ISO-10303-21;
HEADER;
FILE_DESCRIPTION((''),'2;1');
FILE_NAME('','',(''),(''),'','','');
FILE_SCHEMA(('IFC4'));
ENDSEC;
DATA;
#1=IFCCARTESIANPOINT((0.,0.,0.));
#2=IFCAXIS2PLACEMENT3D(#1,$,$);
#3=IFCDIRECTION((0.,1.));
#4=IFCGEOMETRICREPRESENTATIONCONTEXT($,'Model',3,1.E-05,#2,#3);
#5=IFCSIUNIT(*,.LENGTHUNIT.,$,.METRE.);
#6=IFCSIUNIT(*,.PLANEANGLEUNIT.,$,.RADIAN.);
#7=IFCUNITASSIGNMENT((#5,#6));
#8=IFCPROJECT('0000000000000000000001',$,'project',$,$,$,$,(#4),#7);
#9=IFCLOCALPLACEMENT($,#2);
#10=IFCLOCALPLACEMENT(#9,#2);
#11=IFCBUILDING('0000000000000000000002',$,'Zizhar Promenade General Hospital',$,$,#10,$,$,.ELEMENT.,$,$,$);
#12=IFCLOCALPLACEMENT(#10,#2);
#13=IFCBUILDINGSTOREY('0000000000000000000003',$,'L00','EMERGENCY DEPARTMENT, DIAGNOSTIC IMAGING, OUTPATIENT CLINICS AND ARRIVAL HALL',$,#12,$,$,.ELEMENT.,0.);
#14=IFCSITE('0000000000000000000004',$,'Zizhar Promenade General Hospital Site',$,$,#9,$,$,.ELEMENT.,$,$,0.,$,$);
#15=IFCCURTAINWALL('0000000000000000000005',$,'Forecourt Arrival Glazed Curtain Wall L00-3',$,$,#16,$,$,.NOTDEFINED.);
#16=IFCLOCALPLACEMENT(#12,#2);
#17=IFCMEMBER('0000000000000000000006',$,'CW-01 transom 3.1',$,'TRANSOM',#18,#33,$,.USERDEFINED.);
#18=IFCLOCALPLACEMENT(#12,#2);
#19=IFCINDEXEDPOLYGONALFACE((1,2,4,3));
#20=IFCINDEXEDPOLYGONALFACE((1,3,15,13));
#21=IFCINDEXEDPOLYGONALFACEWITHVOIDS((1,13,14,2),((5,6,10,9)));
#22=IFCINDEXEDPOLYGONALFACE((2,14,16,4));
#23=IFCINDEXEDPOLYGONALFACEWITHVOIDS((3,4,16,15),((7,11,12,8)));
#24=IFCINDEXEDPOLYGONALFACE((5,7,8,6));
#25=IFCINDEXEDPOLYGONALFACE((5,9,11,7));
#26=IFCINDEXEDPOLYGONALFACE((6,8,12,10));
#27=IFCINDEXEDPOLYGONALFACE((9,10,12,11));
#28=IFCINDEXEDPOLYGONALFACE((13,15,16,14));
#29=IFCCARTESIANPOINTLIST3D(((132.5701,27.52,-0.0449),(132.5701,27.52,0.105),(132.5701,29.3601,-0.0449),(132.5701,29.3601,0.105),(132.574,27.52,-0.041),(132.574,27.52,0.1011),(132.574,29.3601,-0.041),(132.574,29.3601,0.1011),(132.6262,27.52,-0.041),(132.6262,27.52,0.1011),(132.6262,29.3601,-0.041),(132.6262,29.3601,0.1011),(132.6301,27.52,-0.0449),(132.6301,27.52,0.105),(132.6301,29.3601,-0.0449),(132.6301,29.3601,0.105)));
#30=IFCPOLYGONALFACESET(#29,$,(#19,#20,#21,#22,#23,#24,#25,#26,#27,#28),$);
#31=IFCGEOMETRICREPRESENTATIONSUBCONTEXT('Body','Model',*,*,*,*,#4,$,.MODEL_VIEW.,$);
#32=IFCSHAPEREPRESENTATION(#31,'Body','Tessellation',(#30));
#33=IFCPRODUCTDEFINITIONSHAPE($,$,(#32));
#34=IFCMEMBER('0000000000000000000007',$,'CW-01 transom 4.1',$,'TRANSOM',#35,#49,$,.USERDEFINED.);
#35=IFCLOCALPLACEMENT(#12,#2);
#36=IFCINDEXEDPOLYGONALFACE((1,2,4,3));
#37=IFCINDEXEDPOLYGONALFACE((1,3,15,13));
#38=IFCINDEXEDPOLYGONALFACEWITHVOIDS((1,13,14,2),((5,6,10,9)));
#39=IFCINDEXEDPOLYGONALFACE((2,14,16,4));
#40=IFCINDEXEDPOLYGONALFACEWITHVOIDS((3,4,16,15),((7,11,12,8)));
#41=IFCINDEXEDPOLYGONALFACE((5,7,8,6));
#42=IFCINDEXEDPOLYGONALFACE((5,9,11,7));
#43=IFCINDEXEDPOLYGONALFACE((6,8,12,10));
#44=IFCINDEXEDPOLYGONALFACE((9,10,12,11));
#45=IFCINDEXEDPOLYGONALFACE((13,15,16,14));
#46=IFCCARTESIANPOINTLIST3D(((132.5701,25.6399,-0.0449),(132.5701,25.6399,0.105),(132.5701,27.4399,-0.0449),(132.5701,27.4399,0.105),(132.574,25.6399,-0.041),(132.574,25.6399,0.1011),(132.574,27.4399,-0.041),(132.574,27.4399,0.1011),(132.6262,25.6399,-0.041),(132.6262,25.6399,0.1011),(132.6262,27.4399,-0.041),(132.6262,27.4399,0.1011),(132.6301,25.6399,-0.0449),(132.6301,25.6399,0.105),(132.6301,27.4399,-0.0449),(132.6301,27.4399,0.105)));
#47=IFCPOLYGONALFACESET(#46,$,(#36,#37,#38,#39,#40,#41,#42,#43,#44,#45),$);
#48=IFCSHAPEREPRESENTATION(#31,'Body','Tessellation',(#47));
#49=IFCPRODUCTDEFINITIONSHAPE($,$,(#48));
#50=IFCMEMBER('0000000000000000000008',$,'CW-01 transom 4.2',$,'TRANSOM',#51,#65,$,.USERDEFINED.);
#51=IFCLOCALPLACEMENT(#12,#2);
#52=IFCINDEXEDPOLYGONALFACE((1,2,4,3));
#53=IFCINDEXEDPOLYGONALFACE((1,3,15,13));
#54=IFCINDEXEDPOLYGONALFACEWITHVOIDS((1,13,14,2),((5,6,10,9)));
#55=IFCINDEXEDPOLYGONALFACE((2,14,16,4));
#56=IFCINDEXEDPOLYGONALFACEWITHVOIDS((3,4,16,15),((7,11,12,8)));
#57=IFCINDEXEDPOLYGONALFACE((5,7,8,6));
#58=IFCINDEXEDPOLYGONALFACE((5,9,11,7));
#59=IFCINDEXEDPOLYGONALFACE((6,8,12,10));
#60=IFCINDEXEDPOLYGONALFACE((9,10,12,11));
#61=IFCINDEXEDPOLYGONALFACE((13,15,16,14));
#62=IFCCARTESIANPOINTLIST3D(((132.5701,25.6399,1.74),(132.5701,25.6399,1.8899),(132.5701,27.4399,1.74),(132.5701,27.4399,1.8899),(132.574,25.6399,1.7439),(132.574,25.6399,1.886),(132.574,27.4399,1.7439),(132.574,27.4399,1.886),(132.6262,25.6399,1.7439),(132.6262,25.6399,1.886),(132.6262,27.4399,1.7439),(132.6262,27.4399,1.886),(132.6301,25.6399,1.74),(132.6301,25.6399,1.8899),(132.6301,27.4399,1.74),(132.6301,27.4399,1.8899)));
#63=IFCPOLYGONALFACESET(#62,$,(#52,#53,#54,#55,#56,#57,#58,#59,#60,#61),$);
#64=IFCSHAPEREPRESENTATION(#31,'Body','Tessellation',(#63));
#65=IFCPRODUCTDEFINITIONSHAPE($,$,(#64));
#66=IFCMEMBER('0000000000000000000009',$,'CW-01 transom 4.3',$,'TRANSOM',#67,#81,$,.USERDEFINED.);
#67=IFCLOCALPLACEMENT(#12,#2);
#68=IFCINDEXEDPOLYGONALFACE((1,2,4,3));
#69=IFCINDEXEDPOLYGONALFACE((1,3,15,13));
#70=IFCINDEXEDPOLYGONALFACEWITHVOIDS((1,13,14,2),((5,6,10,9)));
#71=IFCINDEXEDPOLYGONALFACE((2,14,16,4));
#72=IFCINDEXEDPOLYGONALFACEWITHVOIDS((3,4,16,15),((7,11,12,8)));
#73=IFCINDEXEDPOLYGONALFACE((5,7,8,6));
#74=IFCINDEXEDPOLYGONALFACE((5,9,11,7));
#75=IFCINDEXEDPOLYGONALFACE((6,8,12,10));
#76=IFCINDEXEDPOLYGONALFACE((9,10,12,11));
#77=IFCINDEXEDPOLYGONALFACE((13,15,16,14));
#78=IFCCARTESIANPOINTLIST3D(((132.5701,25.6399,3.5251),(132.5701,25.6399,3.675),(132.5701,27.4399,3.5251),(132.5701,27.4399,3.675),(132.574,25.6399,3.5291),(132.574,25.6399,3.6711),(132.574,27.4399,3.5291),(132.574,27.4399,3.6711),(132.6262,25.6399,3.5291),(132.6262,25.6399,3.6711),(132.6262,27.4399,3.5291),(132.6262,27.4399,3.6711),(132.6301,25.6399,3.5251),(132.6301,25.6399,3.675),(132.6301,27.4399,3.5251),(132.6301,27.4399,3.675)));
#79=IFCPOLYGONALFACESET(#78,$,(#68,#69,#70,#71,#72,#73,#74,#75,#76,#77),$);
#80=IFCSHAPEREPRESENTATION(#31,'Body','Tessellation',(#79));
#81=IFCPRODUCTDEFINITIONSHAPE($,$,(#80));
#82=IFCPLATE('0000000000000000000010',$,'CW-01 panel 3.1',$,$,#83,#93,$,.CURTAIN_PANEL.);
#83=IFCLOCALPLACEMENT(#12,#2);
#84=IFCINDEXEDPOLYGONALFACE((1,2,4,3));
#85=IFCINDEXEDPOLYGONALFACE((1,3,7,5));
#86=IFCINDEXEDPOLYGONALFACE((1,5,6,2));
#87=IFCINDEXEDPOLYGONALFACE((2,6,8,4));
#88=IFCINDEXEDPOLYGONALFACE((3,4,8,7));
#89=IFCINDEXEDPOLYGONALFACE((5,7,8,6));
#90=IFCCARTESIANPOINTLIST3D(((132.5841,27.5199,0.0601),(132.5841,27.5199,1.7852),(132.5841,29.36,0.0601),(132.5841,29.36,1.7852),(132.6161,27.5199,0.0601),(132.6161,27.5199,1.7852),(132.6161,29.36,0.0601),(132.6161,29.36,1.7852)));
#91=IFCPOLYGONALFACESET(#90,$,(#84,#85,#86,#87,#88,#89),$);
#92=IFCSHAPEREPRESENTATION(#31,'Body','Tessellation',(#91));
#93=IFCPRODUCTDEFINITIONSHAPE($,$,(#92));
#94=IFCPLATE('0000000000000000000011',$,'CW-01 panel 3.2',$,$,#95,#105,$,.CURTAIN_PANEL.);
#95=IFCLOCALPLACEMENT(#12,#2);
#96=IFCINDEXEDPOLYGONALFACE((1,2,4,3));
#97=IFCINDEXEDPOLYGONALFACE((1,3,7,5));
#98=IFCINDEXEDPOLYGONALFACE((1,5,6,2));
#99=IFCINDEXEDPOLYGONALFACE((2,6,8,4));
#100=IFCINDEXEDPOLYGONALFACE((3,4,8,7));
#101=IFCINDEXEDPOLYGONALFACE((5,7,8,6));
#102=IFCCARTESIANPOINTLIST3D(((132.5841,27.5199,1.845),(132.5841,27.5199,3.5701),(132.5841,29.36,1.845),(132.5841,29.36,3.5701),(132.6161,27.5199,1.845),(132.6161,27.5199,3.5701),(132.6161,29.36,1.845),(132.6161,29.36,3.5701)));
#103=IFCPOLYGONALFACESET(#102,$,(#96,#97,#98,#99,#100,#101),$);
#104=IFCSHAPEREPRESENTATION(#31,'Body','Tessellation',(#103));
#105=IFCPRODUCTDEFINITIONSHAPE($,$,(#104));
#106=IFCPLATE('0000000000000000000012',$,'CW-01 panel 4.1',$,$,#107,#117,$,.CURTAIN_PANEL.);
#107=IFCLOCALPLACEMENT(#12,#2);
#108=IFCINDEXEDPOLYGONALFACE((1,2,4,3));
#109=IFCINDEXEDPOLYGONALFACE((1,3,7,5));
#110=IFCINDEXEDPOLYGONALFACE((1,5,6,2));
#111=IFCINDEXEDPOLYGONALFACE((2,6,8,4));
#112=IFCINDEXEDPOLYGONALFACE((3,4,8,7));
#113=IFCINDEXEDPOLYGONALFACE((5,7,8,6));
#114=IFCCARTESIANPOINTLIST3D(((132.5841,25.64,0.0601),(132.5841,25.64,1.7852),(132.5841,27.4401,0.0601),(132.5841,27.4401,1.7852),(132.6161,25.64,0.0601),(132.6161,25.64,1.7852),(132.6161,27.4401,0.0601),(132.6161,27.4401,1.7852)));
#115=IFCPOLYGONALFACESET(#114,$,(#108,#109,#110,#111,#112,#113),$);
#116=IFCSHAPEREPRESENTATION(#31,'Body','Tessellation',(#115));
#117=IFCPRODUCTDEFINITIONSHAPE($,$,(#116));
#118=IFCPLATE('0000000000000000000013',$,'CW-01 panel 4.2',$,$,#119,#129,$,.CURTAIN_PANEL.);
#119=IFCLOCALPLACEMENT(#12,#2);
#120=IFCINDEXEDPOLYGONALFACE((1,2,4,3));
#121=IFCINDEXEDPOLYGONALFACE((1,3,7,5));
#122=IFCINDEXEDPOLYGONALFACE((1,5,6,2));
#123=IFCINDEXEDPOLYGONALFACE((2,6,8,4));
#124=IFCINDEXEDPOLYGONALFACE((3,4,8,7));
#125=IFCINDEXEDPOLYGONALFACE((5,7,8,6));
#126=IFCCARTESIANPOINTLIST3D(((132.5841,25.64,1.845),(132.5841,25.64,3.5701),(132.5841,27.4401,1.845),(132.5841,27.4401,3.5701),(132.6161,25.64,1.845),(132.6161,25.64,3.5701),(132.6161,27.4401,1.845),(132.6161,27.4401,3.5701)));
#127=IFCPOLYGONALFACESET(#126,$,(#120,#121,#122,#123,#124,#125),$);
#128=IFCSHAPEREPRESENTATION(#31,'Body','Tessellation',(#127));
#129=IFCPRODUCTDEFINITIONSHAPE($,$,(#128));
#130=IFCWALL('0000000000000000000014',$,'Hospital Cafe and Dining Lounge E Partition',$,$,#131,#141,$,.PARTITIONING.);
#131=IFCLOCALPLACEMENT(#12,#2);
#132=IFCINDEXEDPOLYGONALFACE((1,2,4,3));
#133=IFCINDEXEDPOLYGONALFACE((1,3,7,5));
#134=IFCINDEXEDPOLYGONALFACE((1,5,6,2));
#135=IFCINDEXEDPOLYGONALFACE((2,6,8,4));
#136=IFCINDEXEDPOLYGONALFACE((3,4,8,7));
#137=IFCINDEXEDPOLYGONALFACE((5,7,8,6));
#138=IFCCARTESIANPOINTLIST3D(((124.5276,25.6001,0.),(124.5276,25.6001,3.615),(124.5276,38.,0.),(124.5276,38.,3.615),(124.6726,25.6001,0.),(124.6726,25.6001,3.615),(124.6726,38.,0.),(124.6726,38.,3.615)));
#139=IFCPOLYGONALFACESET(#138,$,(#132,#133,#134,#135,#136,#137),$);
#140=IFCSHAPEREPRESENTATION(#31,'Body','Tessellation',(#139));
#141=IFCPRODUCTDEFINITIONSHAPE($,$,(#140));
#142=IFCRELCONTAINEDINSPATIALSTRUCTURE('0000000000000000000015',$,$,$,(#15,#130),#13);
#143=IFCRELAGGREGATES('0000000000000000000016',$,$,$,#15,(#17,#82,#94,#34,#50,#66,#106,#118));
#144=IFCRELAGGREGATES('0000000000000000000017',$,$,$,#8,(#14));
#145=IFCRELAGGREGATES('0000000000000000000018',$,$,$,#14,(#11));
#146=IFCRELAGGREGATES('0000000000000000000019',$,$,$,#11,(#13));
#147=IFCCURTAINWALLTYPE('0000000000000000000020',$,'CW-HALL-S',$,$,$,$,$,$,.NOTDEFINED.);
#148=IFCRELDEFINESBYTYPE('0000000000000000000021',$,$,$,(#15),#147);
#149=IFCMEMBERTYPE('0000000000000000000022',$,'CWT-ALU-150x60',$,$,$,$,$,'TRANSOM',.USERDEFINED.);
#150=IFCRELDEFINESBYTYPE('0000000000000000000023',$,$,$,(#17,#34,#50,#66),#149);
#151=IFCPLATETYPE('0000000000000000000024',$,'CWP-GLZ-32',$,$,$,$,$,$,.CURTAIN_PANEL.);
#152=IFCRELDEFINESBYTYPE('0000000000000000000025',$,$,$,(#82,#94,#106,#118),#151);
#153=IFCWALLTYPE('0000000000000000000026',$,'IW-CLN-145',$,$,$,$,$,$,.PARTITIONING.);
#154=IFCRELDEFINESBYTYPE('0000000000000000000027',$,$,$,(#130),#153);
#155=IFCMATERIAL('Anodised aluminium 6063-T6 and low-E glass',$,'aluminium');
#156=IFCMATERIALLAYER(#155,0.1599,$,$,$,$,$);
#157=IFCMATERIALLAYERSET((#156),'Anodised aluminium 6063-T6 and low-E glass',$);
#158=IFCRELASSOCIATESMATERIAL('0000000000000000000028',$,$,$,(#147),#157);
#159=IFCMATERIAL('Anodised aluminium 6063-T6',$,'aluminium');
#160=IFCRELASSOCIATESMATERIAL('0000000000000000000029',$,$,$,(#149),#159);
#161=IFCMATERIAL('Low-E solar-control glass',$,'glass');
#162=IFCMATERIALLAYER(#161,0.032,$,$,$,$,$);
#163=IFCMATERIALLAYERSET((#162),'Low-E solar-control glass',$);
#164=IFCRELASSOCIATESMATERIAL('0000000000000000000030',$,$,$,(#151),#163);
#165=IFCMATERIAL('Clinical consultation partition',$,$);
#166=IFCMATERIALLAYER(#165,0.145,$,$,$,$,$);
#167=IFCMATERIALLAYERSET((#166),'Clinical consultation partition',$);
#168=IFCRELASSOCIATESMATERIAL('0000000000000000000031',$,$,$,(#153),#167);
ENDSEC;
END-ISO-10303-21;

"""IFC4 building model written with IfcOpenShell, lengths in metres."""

from ifc_helpers import new_model, si_unit, direction, frame, frame_2d, origin, origin_2d, place, context, subcontext, project, spatial, rectangle, hollow_rectangle, extrude, material, layer, layer_set, material_profile, profile_set, type_object, element, aggregate, save


model = new_model("IFC4")

# Units and contexts
model_context = context("Model", 3, precision=1e-05, world=origin(), true_north=direction((0.0, 1.0)))
body_context = subcontext(model_context, "Body", "Model", "MODEL_VIEW")
ifc_project = project(units=[si_unit("LENGTHUNIT", "METRE"), si_unit("PLANEANGLEUNIT", "RADIAN")], contexts=[model_context])

# Site, building, storey
site_placement = place(None, origin())
site = spatial("IfcSite", under=ifc_project, at=site_placement, Name="Zizhar Promenade General Hospital Site", CompositionType="ELEMENT", RefElevation=0.0)
building_placement = place(site_placement, origin())
building = spatial("IfcBuilding", under=site, at=building_placement, Name="Zizhar Promenade General Hospital", CompositionType="ELEMENT")
storey_placement = place(building_placement, origin())
storey = spatial("IfcBuildingStorey", under=building, at=storey_placement, Name="L00", Description="EMERGENCY DEPARTMENT, DIAGNOSTIC IMAGING, OUTPATIENT CLINICS AND ARRIVAL HALL", CompositionType="ELEMENT", Elevation=0.0)

# Curtain wall, members, plates
ifc_material_1 = material(Name="Anodised aluminium 6063-T6 and low-E glass", Category="aluminium")
ifc_layer_1 = layer(ifc_material_1, 0.1599)
ifc_layer_set_1 = layer_set([ifc_layer_1], Name="Anodised aluminium 6063-T6 and low-E glass")
curtain_wall_type = type_object("IfcCurtainWallType", Name="CW-HALL-S", PredefinedType="NOTDEFINED", material=ifc_layer_set_1)
curtain_wall_placement = place(storey_placement, origin())
curtain_wall = element("IfcCurtainWall", 1, at=curtain_wall_placement, inside=storey, type_object=curtain_wall_type, Name="Forecourt Arrival Glazed Curtain Wall L00-3", PredefinedType="NOTDEFINED")
ifc_material_2 = material(Name="Anodised aluminium 6063-T6", Category="aluminium")
ifc_material_profile_1 = material_profile(ifc_material_2, hollow_rectangle(XDim=0.0601, YDim=0.1499, WallThickness=0.0039, at=origin_2d()))
ifc_profile_set_1 = profile_set([ifc_material_profile_1], Name="Anodised aluminium 6063-T6")
member_type_1 = type_object("IfcMemberType", Name="CWT-ALU-150x60", ElementType="TRANSOM", PredefinedType="USERDEFINED", material=ifc_profile_set_1)
member_1_placement = place(storey_placement, frame((132.6001, 29.3601, 0.03), z_axis=(0.0, -1.0, 0.0), x_axis=(1.0, 0.0, 0.0)))
member_1 = element("IfcMember", 2, at=member_1_placement, type_object=member_type_1, Name="CW-01 transom 3.1", ObjectType="TRANSOM", PredefinedType="USERDEFINED", context=body_context, shape_type="SweptSolid", body=[
    extrude(hollow_rectangle(XDim=0.0601, YDim=0.1499, WallThickness=0.0039, at=origin_2d()), origin(), (0.0, 0.0, 1.0), 1.8401),
])
member_2_placement = place(storey_placement, frame((132.6001, 27.4399, 0.03), z_axis=(0.0, -1.0, 0.0), x_axis=(1.0, 0.0, 0.0)))
member_2 = element("IfcMember", 3, at=member_2_placement, type_object=member_type_1, Name="CW-01 transom 4.1", ObjectType="TRANSOM", PredefinedType="USERDEFINED", context=body_context, shape_type="SweptSolid", body=[
    extrude(hollow_rectangle(XDim=0.0601, YDim=0.1499, WallThickness=0.0039, at=origin_2d()), origin(), (0.0, 0.0, 1.0), 1.8),
])
member_3_placement = place(storey_placement, frame((132.6001, 27.4399, 1.8149), z_axis=(0.0, -1.0, 0.0), x_axis=(1.0, 0.0, 0.0)))
member_3 = element("IfcMember", 4, at=member_3_placement, type_object=member_type_1, Name="CW-01 transom 4.2", ObjectType="TRANSOM", PredefinedType="USERDEFINED", context=body_context, shape_type="SweptSolid", body=[
    extrude(hollow_rectangle(XDim=0.0601, YDim=0.1499, WallThickness=0.0039, at=origin_2d()), origin(), (0.0, 0.0, 1.0), 1.8),
])
member_4_placement = place(storey_placement, frame((132.6001, 27.4399, 3.6001), z_axis=(0.0, -1.0, 0.0), x_axis=(1.0, 0.0, 0.0)))
member_4 = element("IfcMember", 5, at=member_4_placement, type_object=member_type_1, Name="CW-01 transom 4.3", ObjectType="TRANSOM", PredefinedType="USERDEFINED", context=body_context, shape_type="SweptSolid", body=[
    extrude(hollow_rectangle(XDim=0.0601, YDim=0.1499, WallThickness=0.0039, at=origin_2d()), origin(), (0.0, 0.0, 1.0), 1.8),
])
ifc_material_3 = material(Name="Low-E solar-control glass", Category="glass")
ifc_layer_2 = layer(ifc_material_3, 0.032)
ifc_layer_set_2 = layer_set([ifc_layer_2], Name="Low-E solar-control glass")
plate_type = type_object("IfcPlateType", Name="CWP-GLZ-32", PredefinedType="CURTAIN_PANEL", material=ifc_layer_set_2)
plate_1_placement = place(storey_placement, frame((132.6001, 28.4399, 0.0601), z_axis=(0.0, 0.0, 1.0), x_axis=(0.0, -1.0, 0.0)))
plate_1 = element("IfcPlate", 6, at=plate_1_placement, type_object=plate_type, Name="CW-01 panel 3.1", PredefinedType="CURTAIN_PANEL", context=body_context, shape_type="SweptSolid", body=[
    extrude(rectangle(XDim=1.8401, YDim=0.032, at=origin_2d()), origin(), (0.0, 0.0, 1.0), 1.7251),
])
plate_2_placement = place(storey_placement, frame((132.6001, 28.4399, 1.845), z_axis=(0.0, 0.0, 1.0), x_axis=(0.0, -1.0, 0.0)))
plate_2 = element("IfcPlate", 7, at=plate_2_placement, type_object=plate_type, Name="CW-01 panel 3.2", PredefinedType="CURTAIN_PANEL", context=body_context, shape_type="SweptSolid", body=[
    extrude(rectangle(XDim=1.8401, YDim=0.032, at=origin_2d()), origin(), (0.0, 0.0, 1.0), 1.7251),
])
plate_3_placement = place(storey_placement, frame((132.6001, 26.54, 0.0601), z_axis=(0.0, 0.0, 1.0), x_axis=(0.0, -1.0, 0.0)))
plate_3 = element("IfcPlate", 8, at=plate_3_placement, type_object=plate_type, Name="CW-01 panel 4.1", PredefinedType="CURTAIN_PANEL", context=body_context, shape_type="SweptSolid", body=[
    extrude(rectangle(XDim=1.8, YDim=0.032, at=origin_2d()), origin(), (0.0, 0.0, 1.0), 1.7251),
])
plate_4_placement = place(storey_placement, frame((132.6001, 26.54, 1.845), z_axis=(0.0, 0.0, 1.0), x_axis=(0.0, -1.0, 0.0)))
plate_4 = element("IfcPlate", 9, at=plate_4_placement, type_object=plate_type, Name="CW-01 panel 4.2", PredefinedType="CURTAIN_PANEL", context=body_context, shape_type="SweptSolid", body=[
    extrude(rectangle(XDim=1.8, YDim=0.032, at=origin_2d()), origin(), (0.0, 0.0, 1.0), 1.7251),
])
aggregate(curtain_wall, [member_1, plate_1, plate_2, member_2, member_3, member_4, plate_3, plate_4])

# Wall
ifc_material_4 = material(Name="Clinical consultation partition")
ifc_layer_3 = layer(ifc_material_4, 0.145)
ifc_layer_set_3 = layer_set([ifc_layer_3], Name="Clinical consultation partition")
wall_type = type_object("IfcWallType", Name="IW-CLN-145", PredefinedType="PARTITIONING", material=ifc_layer_set_3)
wall_placement = place(storey_placement, frame((124.6001, 25.6001, 0.0), z_axis=(0.0, 0.0, 1.0), x_axis=(0.0, 1.0, 0.0)))
element("IfcWall", 10, at=wall_placement, inside=storey, type_object=wall_type, Name="Hospital Cafe and Dining Lounge E Partition", PredefinedType="PARTITIONING", context=body_context, shape_type="SweptSolid", body=[
    extrude(rectangle(XDim=12.3999, YDim=0.145, at=frame_2d((6.2, 0.0))), origin(), (0.0, 0.0, 1.0), 3.615),
])

save(model, "model.ifc")
